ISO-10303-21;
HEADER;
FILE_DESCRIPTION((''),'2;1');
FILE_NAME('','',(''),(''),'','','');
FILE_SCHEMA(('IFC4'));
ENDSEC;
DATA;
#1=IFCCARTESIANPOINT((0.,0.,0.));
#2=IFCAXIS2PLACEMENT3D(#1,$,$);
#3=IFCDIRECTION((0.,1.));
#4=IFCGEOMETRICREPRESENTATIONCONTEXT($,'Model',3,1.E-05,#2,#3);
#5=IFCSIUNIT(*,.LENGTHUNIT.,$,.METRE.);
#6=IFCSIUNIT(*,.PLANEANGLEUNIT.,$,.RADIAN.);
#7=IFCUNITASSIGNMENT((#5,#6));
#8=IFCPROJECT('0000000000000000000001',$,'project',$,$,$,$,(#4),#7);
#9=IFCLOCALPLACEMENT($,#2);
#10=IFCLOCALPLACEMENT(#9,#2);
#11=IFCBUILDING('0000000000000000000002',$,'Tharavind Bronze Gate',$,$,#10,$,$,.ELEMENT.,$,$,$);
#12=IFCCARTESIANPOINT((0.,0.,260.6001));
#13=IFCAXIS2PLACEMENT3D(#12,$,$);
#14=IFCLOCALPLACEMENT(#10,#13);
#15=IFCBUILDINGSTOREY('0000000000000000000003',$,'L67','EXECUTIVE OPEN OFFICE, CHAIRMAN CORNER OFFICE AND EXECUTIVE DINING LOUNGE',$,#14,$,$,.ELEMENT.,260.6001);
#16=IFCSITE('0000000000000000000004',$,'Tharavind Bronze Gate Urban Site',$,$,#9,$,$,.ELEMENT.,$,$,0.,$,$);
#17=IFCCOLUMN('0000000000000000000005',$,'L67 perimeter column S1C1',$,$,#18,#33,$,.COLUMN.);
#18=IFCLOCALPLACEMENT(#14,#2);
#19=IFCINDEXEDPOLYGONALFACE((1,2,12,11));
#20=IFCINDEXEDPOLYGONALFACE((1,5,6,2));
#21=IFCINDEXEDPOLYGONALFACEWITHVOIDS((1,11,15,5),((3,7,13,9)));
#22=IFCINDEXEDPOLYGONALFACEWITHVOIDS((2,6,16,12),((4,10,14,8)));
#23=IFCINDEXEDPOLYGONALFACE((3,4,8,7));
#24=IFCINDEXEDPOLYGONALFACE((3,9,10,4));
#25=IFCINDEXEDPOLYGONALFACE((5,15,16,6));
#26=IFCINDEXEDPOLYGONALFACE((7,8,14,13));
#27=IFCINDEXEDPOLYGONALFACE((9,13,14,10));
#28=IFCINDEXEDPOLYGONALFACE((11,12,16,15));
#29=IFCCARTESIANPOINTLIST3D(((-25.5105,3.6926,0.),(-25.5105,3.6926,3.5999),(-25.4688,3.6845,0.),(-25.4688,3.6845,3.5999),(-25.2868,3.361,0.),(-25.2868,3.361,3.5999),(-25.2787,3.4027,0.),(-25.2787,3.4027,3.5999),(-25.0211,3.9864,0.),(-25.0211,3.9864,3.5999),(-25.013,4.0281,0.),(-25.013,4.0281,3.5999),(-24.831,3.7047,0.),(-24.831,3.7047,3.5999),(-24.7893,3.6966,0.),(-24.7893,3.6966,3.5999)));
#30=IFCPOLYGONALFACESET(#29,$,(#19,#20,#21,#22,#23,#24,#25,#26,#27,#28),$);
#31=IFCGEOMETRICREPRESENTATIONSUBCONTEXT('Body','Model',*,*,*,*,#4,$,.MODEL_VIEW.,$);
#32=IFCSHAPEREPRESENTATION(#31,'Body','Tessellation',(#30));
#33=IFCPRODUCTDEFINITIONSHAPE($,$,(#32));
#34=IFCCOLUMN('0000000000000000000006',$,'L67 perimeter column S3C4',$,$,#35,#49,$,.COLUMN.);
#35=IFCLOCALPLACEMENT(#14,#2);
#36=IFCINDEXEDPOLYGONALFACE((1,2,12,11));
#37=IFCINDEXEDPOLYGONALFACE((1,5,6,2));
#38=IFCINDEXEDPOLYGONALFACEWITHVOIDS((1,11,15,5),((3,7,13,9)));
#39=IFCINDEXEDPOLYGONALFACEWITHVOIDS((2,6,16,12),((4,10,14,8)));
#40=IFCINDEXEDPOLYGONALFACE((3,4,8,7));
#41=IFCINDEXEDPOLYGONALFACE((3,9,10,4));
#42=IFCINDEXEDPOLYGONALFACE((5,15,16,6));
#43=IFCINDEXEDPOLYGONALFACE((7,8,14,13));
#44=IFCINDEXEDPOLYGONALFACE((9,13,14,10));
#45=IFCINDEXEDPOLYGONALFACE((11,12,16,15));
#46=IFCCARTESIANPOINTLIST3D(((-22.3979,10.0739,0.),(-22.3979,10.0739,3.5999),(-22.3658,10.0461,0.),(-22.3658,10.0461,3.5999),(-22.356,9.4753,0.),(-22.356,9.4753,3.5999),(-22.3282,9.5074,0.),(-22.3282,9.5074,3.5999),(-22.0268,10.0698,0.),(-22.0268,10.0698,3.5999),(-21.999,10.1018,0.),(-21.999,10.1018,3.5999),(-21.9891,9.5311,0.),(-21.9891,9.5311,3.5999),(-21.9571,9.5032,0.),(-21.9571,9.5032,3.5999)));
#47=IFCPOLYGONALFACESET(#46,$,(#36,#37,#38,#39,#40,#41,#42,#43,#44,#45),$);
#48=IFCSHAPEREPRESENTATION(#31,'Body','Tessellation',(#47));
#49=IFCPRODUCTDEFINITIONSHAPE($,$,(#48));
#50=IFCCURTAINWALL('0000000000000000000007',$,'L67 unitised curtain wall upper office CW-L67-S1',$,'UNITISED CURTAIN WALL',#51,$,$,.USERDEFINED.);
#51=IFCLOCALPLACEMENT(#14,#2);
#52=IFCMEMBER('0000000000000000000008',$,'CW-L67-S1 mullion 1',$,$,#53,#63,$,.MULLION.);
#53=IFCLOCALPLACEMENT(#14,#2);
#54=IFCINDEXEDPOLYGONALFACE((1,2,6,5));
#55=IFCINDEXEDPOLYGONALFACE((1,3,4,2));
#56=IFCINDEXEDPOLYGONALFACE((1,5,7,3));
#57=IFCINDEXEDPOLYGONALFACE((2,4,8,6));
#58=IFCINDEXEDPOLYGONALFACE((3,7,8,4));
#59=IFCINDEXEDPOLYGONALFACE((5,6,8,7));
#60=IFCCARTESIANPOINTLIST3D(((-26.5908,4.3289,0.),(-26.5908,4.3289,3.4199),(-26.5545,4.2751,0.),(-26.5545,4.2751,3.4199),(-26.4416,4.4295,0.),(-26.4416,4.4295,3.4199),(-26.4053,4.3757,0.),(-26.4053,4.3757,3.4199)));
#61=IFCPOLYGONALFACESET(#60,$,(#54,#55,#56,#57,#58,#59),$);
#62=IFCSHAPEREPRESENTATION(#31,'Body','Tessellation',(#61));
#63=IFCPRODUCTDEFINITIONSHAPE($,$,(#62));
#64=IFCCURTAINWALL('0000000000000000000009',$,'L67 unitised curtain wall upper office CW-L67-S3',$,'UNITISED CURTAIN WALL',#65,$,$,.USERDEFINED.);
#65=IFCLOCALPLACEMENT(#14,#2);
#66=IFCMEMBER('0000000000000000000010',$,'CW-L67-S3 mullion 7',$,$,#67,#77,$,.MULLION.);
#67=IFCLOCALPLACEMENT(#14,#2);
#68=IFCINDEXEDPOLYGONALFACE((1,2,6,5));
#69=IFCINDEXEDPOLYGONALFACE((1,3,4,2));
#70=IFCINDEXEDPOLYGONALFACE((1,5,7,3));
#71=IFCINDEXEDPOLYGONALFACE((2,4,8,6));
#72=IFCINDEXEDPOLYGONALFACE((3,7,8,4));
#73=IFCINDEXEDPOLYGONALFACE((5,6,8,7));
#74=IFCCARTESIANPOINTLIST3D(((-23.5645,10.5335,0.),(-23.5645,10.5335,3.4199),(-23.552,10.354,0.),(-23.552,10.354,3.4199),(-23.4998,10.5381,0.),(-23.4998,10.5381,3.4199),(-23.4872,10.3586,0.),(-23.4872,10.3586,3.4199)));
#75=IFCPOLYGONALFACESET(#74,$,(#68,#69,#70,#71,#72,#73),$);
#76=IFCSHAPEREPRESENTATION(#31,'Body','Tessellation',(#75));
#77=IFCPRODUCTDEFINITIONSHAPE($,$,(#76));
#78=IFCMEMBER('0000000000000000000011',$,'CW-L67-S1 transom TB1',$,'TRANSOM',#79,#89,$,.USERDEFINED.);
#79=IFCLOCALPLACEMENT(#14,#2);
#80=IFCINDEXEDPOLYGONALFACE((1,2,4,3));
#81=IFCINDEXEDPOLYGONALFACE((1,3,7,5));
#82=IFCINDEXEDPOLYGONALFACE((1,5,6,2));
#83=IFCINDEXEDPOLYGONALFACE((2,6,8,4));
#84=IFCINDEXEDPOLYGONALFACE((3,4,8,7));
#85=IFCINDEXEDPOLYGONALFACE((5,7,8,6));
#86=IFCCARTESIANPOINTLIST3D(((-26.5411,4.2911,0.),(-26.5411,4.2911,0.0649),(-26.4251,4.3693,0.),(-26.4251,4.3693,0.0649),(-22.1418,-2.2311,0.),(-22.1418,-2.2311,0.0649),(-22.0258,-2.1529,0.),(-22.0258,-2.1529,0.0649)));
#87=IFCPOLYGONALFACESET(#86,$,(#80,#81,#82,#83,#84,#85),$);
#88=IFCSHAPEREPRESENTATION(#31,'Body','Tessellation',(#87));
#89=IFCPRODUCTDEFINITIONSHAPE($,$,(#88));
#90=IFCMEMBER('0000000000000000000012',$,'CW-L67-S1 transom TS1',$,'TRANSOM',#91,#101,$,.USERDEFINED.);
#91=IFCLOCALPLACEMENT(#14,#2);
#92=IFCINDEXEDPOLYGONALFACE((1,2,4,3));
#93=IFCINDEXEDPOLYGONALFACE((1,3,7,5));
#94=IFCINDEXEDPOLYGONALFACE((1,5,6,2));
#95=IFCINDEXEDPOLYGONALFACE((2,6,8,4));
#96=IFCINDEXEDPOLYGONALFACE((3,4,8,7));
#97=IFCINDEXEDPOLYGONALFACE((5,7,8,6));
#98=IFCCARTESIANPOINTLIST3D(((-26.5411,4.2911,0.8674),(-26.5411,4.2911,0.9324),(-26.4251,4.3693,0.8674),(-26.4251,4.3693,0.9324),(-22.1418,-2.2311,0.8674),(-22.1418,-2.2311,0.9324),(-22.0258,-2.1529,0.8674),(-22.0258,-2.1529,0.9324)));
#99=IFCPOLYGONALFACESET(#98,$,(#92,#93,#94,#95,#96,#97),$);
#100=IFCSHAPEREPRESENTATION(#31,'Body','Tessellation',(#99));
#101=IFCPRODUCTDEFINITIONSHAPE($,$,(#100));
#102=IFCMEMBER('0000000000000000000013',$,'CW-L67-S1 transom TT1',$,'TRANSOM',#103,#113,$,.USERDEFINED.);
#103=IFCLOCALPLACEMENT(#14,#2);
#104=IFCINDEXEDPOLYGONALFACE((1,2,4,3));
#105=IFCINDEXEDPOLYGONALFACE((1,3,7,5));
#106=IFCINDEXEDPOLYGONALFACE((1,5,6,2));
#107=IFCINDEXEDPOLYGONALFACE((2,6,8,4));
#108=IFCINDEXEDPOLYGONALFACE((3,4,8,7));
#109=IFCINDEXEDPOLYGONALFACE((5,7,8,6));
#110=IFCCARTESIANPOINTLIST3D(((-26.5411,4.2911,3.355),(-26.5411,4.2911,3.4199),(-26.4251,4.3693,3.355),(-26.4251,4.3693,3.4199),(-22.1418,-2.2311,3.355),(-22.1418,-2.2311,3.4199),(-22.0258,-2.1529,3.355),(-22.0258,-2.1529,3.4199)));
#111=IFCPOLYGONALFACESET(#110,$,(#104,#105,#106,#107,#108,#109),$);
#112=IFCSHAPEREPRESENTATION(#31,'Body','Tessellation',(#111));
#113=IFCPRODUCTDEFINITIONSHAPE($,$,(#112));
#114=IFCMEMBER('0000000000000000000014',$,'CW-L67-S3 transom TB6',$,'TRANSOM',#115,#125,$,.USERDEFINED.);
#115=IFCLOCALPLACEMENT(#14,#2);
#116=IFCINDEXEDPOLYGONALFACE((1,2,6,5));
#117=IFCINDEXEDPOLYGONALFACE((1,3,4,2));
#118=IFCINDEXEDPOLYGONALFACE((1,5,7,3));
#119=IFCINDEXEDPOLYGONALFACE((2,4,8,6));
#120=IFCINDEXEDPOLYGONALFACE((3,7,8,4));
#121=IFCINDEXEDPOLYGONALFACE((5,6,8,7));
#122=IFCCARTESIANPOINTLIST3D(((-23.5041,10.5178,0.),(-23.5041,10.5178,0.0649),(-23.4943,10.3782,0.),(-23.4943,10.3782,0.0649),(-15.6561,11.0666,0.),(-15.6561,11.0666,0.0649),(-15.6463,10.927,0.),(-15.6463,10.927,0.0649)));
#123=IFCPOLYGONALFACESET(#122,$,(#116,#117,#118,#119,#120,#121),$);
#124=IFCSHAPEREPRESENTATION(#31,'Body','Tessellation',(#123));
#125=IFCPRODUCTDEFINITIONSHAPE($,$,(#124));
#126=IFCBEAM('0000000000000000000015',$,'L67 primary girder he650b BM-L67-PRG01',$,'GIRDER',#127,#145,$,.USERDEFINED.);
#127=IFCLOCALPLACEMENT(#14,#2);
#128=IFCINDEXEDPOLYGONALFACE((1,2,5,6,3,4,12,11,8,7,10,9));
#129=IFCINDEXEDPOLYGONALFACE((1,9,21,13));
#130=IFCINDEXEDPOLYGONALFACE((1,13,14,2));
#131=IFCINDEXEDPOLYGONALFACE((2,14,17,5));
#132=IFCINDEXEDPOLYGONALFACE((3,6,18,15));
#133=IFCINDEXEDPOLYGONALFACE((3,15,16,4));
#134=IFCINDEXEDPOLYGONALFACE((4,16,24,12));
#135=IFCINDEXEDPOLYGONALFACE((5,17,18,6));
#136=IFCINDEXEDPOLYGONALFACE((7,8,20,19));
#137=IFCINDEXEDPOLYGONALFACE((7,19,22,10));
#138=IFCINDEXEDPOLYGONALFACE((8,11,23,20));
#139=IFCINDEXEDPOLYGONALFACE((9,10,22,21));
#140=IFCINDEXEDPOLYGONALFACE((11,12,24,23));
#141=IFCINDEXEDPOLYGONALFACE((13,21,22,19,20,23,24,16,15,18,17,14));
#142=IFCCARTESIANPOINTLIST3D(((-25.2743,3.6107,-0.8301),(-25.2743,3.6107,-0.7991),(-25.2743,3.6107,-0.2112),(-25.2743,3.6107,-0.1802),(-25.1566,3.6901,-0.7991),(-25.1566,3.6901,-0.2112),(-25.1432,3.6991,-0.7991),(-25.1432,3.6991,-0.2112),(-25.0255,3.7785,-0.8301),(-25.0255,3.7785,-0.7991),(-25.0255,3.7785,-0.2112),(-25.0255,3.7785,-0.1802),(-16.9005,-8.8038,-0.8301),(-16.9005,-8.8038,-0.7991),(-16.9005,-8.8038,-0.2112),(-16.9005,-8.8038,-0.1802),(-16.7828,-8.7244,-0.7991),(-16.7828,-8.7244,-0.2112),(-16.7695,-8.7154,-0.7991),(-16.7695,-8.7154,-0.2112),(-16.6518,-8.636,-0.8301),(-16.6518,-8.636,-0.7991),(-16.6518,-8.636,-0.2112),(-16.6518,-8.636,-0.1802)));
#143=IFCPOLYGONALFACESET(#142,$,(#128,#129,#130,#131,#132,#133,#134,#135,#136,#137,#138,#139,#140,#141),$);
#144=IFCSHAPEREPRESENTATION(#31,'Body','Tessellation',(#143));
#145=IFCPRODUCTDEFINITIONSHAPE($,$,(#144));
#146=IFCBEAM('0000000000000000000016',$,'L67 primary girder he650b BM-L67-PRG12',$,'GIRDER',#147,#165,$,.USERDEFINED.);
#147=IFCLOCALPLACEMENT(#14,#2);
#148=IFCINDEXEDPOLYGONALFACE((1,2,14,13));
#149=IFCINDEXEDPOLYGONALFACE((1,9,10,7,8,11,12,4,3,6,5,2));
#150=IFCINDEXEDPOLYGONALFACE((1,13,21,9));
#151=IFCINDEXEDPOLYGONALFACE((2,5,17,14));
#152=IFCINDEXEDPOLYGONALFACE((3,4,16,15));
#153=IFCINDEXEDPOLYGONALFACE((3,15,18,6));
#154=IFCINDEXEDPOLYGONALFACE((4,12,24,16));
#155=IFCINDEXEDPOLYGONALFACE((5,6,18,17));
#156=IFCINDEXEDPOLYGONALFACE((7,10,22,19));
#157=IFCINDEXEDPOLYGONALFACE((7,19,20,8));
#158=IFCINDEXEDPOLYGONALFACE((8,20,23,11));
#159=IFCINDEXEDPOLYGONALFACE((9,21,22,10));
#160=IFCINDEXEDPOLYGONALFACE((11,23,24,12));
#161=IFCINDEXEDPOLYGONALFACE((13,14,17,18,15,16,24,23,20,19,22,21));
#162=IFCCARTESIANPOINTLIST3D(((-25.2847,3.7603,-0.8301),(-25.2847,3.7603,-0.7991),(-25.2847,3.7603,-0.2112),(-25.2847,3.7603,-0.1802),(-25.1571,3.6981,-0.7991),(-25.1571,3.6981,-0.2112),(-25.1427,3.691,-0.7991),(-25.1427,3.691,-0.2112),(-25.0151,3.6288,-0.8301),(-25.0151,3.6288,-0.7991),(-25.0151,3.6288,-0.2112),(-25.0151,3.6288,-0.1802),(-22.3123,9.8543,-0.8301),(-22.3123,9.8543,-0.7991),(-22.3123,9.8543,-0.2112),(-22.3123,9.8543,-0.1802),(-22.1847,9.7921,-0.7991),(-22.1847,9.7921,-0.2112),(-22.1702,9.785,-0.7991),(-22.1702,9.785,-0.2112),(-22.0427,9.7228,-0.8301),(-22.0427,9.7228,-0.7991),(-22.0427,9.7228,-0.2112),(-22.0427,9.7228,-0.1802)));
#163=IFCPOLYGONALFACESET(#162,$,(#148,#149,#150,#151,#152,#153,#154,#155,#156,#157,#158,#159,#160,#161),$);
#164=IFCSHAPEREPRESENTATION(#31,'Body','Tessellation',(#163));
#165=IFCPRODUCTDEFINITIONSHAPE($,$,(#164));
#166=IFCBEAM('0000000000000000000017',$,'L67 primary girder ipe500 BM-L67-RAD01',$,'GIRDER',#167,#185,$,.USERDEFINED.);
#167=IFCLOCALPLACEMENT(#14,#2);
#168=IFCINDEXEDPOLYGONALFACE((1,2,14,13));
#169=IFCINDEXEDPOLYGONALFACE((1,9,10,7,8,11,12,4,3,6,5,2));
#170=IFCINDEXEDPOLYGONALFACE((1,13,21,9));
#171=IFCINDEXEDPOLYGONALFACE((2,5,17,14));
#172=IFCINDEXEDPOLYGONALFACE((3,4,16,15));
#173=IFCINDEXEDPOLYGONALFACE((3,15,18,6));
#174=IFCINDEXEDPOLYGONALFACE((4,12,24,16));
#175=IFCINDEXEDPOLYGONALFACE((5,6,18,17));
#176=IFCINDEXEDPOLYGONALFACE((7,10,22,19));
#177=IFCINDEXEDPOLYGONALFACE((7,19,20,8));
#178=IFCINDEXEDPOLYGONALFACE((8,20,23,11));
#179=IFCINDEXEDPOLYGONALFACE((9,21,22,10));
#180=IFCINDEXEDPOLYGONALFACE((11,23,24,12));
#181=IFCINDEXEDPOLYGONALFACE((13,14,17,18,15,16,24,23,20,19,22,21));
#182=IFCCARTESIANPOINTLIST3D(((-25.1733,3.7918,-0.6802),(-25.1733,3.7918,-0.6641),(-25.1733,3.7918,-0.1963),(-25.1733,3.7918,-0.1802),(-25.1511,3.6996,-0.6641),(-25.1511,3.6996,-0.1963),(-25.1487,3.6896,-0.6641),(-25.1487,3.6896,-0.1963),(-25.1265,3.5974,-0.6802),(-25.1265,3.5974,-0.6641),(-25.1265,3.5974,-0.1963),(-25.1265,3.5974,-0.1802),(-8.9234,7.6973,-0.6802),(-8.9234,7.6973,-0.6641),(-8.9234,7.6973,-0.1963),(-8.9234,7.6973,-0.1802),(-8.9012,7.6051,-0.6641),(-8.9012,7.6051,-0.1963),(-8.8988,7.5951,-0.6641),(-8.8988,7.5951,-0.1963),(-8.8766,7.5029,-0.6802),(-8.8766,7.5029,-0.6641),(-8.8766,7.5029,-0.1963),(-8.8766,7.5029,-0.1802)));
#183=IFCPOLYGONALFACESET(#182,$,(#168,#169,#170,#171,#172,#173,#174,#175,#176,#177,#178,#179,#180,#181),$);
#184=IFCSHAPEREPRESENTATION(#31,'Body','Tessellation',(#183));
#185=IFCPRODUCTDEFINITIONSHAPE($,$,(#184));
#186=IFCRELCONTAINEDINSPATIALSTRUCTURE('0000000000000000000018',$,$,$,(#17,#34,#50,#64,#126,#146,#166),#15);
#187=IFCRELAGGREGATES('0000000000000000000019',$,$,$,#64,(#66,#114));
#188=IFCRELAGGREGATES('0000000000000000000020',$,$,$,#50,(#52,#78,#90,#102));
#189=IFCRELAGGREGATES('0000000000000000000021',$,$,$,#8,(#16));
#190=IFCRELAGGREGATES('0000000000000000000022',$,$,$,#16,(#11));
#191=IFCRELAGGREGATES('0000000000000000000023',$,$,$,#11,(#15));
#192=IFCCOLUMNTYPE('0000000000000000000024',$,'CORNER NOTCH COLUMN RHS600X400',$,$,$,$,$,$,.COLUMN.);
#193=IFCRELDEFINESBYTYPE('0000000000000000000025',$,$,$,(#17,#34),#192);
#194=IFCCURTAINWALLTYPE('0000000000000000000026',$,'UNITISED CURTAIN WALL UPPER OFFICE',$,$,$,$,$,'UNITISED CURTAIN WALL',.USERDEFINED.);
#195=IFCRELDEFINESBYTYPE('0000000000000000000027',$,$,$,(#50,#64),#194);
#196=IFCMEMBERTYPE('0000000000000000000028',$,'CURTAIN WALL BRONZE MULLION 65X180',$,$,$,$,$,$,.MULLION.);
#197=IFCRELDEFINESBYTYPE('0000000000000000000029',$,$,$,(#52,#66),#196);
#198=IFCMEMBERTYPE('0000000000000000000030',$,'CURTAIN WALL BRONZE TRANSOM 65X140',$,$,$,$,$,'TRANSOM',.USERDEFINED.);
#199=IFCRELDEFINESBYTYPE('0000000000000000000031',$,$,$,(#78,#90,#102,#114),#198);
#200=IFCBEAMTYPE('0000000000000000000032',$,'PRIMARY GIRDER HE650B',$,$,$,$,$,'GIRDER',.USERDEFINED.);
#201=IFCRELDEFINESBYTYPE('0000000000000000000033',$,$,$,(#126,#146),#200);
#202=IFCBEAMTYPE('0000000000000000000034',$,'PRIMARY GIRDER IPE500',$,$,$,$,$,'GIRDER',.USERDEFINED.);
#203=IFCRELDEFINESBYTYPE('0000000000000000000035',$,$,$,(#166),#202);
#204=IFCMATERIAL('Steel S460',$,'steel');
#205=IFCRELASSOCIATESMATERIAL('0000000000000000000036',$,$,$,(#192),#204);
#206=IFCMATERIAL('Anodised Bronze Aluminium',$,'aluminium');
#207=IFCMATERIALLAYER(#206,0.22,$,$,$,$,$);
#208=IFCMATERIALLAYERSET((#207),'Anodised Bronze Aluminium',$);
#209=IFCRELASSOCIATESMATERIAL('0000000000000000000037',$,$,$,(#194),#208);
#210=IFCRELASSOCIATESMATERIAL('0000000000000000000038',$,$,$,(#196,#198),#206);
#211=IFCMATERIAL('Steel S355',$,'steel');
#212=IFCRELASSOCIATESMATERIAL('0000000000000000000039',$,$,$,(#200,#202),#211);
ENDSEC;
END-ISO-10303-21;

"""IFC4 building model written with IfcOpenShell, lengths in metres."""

from ifc_helpers import new_model, si_unit, direction, frame, origin, origin_2d, place, context, subcontext, project, spatial, rectangle, hollow_rectangle, i_section, extrude, material, layer, layer_set, material_profile, profile_set, type_object, element, aggregate, save


model = new_model("IFC4")

# Units and contexts
model_context = context("Model", 3, precision=1e-05, world=origin(), true_north=direction((0.0, 1.0)))
body_context = subcontext(model_context, "Body", "Model", "MODEL_VIEW")
ifc_project = project(units=[si_unit("LENGTHUNIT", "METRE"), si_unit("PLANEANGLEUNIT", "RADIAN")], contexts=[model_context])

# Site, building, storey
site_placement = place(None, origin())
site = spatial("IfcSite", under=ifc_project, at=site_placement, Name="Tharavind Bronze Gate Urban Site", CompositionType="ELEMENT", RefElevation=0.0)
building_placement = place(site_placement, origin())
building = spatial("IfcBuilding", under=site, at=building_placement, Name="Tharavind Bronze Gate", CompositionType="ELEMENT")
storey_placement = place(building_placement, frame((0.0, 0.0, 260.6001)))
storey = spatial("IfcBuildingStorey", under=building, at=storey_placement, Name="L67", Description="EXECUTIVE OPEN OFFICE, CHAIRMAN CORNER OFFICE AND EXECUTIVE DINING LOUNGE", CompositionType="ELEMENT", Elevation=260.6001)

# Columns
ifc_material_1 = material(Name="Steel S460", Category="steel")
ifc_material_profile_1 = material_profile(ifc_material_1, hollow_rectangle(XDim=0.3999, YDim=0.6001, WallThickness=0.03, at=origin_2d()), Name="RHS600X400X30")
ifc_profile_set_1 = profile_set([ifc_material_profile_1], Name="Steel S460")
column_type = type_object("IfcColumnType", Name="CORNER NOTCH COLUMN RHS600X400", PredefinedType="COLUMN", material=ifc_profile_set_1)
for number, where, z_axis, x_axis, name in (
    (1, (-25.1499, 3.6946, 0.0), (0.0, 0.0, 1.0), (-0.559193, 0.829038, 0.0), "L67 perimeter column S1C1"),
    (2, (-22.1775, 9.7886, 0.0), (0.0, 0.0, 1.0), (0.997564, 0.069758, 0.0), "L67 perimeter column S3C4"),
):
    element("IfcColumn", number, at=place(storey_placement, frame(where, z_axis=z_axis, x_axis=x_axis)), inside=storey, type_object=column_type, Name=name, PredefinedType="COLUMN", context=body_context, shape_type="SweptSolid", body=[
        extrude(hollow_rectangle(XDim=0.3999, YDim=0.6001, WallThickness=0.03, at=origin_2d()), origin(), (0.0, 0.0, 1.0), 3.5999),
    ])

# Curtain walls, members
ifc_material_2 = material(Name="Anodised Bronze Aluminium", Category="aluminium")
ifc_layer_1 = layer(ifc_material_2, 0.22)
ifc_layer_set_1 = layer_set([ifc_layer_1], Name="Anodised Bronze Aluminium")
curtain_wall_type = type_object("IfcCurtainWallType", Name="UNITISED CURTAIN WALL UPPER OFFICE", ElementType="UNITISED CURTAIN WALL", PredefinedType="USERDEFINED", material=ifc_layer_set_1)
curtain_wall_1_placement = place(storey_placement, origin())
curtain_wall_1 = element("IfcCurtainWall", 3, at=curtain_wall_1_placement, inside=storey, type_object=curtain_wall_type, Name="L67 unitised curtain wall upper office CW-L67-S1", ObjectType="UNITISED CURTAIN WALL", PredefinedType="USERDEFINED")
member_type_1 = type_object("IfcMemberType", Name="CURTAIN WALL BRONZE MULLION 65X180", PredefinedType="MULLION", material=ifc_material_2)
member_1_placement = place(storey_placement, frame((-26.498, 4.3523, 0.0), z_axis=(0.0, 0.0, 1.0), x_axis=(0.559191, -0.829039, 0.0)))
member_1 = element("IfcMember", 4, at=member_1_placement, type_object=member_type_1, Name="CW-L67-S1 mullion 1", PredefinedType="MULLION", context=body_context, shape_type="SweptSolid", body=[
    extrude(rectangle(XDim=0.0649, YDim=0.1799, at=origin_2d()), origin(), (0.0, 0.0, 1.0), 3.4199),
])
curtain_wall_2_placement = place(storey_placement, origin())
curtain_wall_2 = element("IfcCurtainWall", 5, at=curtain_wall_2_placement, inside=storey, type_object=curtain_wall_type, Name="L67 unitised curtain wall upper office CW-L67-S3", ObjectType="UNITISED CURTAIN WALL", PredefinedType="USERDEFINED")
member_2_placement = place(storey_placement, frame((-23.5259, 10.446, 0.0), z_axis=(0.0, 0.0, 1.0), x_axis=(-0.997564, -0.06976, 0.0)))
member_2 = element("IfcMember", 6, at=member_2_placement, type_object=member_type_1, Name="CW-L67-S3 mullion 7", PredefinedType="MULLION", context=body_context, shape_type="SweptSolid", body=[
    extrude(rectangle(XDim=0.0649, YDim=0.1799, at=origin_2d()), origin(), (0.0, 0.0, 1.0), 3.4199),
])

# Members
member_type_2 = type_object("IfcMemberType", Name="CURTAIN WALL BRONZE TRANSOM 65X140", ElementType="TRANSOM", PredefinedType="USERDEFINED", material=ifc_material_2)
member_3_placement = place(storey_placement, frame((-24.2834, 1.0691, 0.0), z_axis=(0.0, 0.0, 1.0), x_axis=(0.559191, -0.829039, 0.0)))
member_3 = element("IfcMember", 7, at=member_3_placement, type_object=member_type_2, Name="CW-L67-S1 transom TB1", ObjectType="TRANSOM", PredefinedType="USERDEFINED", context=body_context, shape_type="SweptSolid", body=[
    extrude(rectangle(XDim=7.8672, YDim=0.1399, at=origin_2d()), origin(), (0.0, 0.0, 1.0), 0.0649),
])
member_4_placement = place(storey_placement, frame((-24.2834, 1.0691, 0.8674), z_axis=(0.0, 0.0, 1.0), x_axis=(0.559191, -0.829039, 0.0)))
member_4 = element("IfcMember", 8, at=member_4_placement, type_object=member_type_2, Name="CW-L67-S1 transom TS1", ObjectType="TRANSOM", PredefinedType="USERDEFINED", context=body_context, shape_type="SweptSolid", body=[
    extrude(rectangle(XDim=7.8672, YDim=0.1399, at=origin_2d()), origin(), (0.0, 0.0, 1.0), 0.0649),
])
member_5_placement = place(storey_placement, frame((-24.2834, 1.0691, 3.355), z_axis=(0.0, 0.0, 1.0), x_axis=(0.559191, -0.829039, 0.0)))
member_5 = element("IfcMember", 9, at=member_5_placement, type_object=member_type_2, Name="CW-L67-S1 transom TT1", ObjectType="TRANSOM", PredefinedType="USERDEFINED", context=body_context, shape_type="SweptSolid", body=[
    extrude(rectangle(XDim=7.8672, YDim=0.1399, at=origin_2d()), origin(), (0.0, 0.0, 1.0), 0.0649),
])
member_6_placement = place(storey_placement, frame((-19.5752, 10.7224, 0.0), z_axis=(0.0, 0.0, 1.0), x_axis=(-0.997564, -0.06976, 0.0)))
member_6 = element("IfcMember", 10, at=member_6_placement, type_object=member_type_2, Name="CW-L67-S3 transom TB6", ObjectType="TRANSOM", PredefinedType="USERDEFINED", context=body_context, shape_type="SweptSolid", body=[
    extrude(rectangle(XDim=7.8672, YDim=0.1399, at=origin_2d()), origin(), (0.0, 0.0, 1.0), 0.0649),
])
aggregate(curtain_wall_2, [member_2, member_6])

# Beams
ifc_material_3 = material(Name="Steel S355", Category="steel")
ifc_material_profile_2 = material_profile(ifc_material_3, i_section(OverallWidth=0.3, OverallDepth=0.6499, WebThickness=0.0161, FlangeThickness=0.031, at=origin_2d()), Name="HE650B")
ifc_profile_set_2 = profile_set([ifc_material_profile_2], Name="Steel S355")
beam_type_1 = type_object("IfcBeamType", Name="PRIMARY GIRDER HE650B", ElementType="GIRDER", PredefinedType="USERDEFINED", material=ifc_profile_set_2)
beam_1_placement = place(storey_placement, frame((-25.1499, 3.6946, -0.5051), z_axis=(0.559196, -0.829036, 0.0), x_axis=(0.829036, 0.559196, 0.0)))
element("IfcBeam", 11, at=beam_1_placement, inside=storey, type_object=beam_type_1, Name="L67 primary girder he650b BM-L67-PRG01", ObjectType="GIRDER", PredefinedType="USERDEFINED", context=body_context, shape_type="SweptSolid", body=[
    extrude(i_section(OverallWidth=0.3, OverallDepth=0.6499, WebThickness=0.0161, FlangeThickness=0.031, at=origin_2d()), origin(), (0.0, 0.0, 1.0), 14.9746),
])
beam_2_placement = place(storey_placement, frame((-22.1775, 9.7886, -0.5051), z_axis=(-0.438392, -0.898784, 0.0), x_axis=(0.898784, -0.438392, 0.0)))
element("IfcBeam", 12, at=beam_2_placement, inside=storey, type_object=beam_type_1, Name="L67 primary girder he650b BM-L67-PRG12", ObjectType="GIRDER", PredefinedType="USERDEFINED", context=body_context, shape_type="SweptSolid", body=[
    extrude(i_section(OverallWidth=0.3, OverallDepth=0.6499, WebThickness=0.0161, FlangeThickness=0.031, at=origin_2d()), origin(), (0.0, 0.0, 1.0), 6.7803),
])
ifc_material_profile_3 = material_profile(ifc_material_3, i_section(OverallWidth=0.2, OverallDepth=0.5, WebThickness=0.0103, FlangeThickness=0.0161, at=origin_2d()), Name="IPE500")
ifc_profile_set_3 = profile_set([ifc_material_profile_3], Name="Steel S355")
beam_type_2 = type_object("IfcBeamType", Name="PRIMARY GIRDER IPE500", ElementType="GIRDER", PredefinedType="USERDEFINED", material=ifc_profile_set_3)
beam_3_placement = place(storey_placement, frame((-25.1499, 3.6946, -0.4302), z_axis=(0.972312, 0.233685, 0.0), x_axis=(-0.233685, 0.972312, 0.0)))
element("IfcBeam", 13, at=beam_3_placement, inside=storey, type_object=beam_type_2, Name="L67 primary girder ipe500 BM-L67-RAD01", ObjectType="GIRDER", PredefinedType="USERDEFINED", context=body_context, shape_type="SweptSolid", body=[
    extrude(i_section(OverallWidth=0.2, OverallDepth=0.5, WebThickness=0.0103, FlangeThickness=0.0161, at=origin_2d()), origin(), (0.0, 0.0, 1.0), 16.7126),
])

aggregate(curtain_wall_1, [member_1, member_3, member_4, member_5])

save(model, "model.ifc")
